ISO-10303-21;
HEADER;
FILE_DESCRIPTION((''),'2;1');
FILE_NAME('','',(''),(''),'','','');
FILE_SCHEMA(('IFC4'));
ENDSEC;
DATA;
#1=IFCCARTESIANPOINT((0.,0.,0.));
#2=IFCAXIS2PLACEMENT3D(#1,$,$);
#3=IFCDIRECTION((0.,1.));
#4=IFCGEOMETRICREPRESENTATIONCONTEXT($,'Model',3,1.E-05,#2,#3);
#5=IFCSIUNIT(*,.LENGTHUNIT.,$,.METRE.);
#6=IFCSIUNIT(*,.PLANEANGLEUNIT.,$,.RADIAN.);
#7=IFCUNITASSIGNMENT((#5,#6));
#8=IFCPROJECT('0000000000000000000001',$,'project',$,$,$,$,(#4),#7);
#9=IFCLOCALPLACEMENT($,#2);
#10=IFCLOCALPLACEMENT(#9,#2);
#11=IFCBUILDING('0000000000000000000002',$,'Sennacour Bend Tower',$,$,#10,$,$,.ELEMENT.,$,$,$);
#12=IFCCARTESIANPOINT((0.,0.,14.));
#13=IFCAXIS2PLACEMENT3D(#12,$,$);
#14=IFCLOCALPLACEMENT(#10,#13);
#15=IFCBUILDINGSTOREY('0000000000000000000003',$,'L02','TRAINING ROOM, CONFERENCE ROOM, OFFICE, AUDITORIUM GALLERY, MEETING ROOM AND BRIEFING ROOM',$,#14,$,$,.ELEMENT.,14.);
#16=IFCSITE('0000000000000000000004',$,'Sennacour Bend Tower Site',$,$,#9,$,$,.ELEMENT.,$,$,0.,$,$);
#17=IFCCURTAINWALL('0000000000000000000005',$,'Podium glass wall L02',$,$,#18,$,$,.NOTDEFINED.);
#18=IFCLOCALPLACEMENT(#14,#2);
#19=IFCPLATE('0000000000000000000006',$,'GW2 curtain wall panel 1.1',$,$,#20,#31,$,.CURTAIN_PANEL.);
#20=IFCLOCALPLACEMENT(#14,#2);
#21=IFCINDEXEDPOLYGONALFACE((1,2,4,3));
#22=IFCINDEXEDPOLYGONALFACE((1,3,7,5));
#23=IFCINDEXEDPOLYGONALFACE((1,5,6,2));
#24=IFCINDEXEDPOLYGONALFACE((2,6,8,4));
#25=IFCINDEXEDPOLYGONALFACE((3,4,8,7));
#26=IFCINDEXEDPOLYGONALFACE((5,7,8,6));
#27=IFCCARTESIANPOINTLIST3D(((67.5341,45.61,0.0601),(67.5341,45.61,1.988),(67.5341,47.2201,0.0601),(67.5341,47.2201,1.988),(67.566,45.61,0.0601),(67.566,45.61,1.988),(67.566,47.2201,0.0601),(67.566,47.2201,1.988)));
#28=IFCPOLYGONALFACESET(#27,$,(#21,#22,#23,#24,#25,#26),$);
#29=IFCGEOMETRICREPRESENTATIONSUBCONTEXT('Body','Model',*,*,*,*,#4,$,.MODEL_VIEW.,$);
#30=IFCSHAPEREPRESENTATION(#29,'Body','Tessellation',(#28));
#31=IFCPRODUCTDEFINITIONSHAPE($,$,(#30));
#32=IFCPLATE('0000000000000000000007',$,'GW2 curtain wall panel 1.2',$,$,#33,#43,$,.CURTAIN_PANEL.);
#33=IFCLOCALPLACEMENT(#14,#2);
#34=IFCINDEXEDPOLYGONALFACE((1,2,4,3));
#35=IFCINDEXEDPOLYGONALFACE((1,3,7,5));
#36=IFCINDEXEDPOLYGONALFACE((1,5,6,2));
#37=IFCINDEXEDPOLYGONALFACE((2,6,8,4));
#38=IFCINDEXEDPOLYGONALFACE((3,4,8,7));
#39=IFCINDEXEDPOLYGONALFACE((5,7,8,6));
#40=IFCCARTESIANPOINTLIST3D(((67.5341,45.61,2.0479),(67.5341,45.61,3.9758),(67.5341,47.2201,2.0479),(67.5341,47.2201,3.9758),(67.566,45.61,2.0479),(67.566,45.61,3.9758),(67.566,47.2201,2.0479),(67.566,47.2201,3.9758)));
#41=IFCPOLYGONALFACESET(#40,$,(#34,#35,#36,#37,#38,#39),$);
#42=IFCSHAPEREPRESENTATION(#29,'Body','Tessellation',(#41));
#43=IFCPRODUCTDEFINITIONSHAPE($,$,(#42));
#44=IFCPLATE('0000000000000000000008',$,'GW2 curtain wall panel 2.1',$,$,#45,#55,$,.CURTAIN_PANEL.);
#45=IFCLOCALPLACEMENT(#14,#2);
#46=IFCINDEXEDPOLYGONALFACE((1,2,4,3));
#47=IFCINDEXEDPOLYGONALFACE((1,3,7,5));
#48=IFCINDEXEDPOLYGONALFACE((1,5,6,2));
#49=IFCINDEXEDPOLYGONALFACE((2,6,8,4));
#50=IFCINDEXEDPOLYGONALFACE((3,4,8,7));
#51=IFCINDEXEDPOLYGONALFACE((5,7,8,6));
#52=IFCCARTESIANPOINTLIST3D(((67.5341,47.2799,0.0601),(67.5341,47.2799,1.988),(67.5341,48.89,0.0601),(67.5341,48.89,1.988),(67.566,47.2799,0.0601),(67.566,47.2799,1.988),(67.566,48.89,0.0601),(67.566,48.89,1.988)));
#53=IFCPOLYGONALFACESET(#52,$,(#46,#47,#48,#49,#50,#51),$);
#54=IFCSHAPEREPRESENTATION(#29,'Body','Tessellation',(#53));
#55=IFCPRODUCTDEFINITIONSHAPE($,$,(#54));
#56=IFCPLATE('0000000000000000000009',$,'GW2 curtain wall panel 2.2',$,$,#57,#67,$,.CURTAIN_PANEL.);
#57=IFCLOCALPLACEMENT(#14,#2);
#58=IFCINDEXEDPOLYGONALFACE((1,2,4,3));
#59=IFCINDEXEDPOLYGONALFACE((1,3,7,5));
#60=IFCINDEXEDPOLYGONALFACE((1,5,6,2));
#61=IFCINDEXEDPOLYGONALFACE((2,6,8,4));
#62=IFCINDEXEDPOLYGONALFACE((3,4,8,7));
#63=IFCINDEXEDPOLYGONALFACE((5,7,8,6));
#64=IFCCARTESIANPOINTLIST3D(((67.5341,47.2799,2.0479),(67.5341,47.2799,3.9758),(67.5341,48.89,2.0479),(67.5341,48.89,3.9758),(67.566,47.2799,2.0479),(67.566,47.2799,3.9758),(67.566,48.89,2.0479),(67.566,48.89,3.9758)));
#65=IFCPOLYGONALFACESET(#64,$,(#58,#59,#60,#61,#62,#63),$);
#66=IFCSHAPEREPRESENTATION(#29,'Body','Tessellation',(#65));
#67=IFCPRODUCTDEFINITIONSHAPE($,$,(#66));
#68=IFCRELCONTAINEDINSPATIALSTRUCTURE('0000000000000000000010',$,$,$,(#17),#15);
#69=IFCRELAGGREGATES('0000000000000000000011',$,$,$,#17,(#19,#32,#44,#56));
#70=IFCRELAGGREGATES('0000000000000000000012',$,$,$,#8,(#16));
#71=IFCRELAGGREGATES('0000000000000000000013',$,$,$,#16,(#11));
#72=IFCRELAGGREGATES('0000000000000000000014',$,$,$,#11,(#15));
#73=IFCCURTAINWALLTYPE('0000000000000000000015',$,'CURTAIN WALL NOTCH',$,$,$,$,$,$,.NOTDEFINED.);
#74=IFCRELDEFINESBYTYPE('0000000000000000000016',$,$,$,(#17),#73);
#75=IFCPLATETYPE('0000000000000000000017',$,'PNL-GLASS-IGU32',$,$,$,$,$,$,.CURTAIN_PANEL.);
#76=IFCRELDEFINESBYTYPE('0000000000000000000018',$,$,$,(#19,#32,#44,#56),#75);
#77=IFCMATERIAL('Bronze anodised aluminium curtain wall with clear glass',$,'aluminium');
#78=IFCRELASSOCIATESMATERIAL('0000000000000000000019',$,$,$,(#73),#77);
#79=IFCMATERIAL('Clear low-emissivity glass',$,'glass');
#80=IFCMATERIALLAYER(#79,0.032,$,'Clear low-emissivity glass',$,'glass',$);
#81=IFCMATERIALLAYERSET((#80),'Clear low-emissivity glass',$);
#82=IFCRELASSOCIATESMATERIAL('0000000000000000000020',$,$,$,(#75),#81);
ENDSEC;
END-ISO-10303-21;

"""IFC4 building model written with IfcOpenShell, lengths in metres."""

from ifc_helpers import new_model, si_unit, direction, frame, origin, origin_2d, place, context, subcontext, project, spatial, rectangle, extrude, material, layer, layer_set, type_object, element, aggregate, save


model = new_model("IFC4")

# Units and contexts
model_context = context("Model", 3, precision=1e-05, world=origin(), true_north=direction((0.0, 1.0)))
body_context = subcontext(model_context, "Body", "Model", "MODEL_VIEW")
ifc_project = project(units=[si_unit("LENGTHUNIT", "METRE"), si_unit("PLANEANGLEUNIT", "RADIAN")], contexts=[model_context])

# Site, building, storey
site_placement = place(None, origin())
site = spatial("IfcSite", under=ifc_project, at=site_placement, Name="Sennacour Bend Tower Site", CompositionType="ELEMENT", RefElevation=0.0)
building_placement = place(site_placement, origin())
building = spatial("IfcBuilding", under=site, at=building_placement, Name="Sennacour Bend Tower", CompositionType="ELEMENT")
storey_placement = place(building_placement, frame((0.0, 0.0, 14.0)))
storey = spatial("IfcBuildingStorey", under=building, at=storey_placement, Name="L02", Description="TRAINING ROOM, CONFERENCE ROOM, OFFICE, AUDITORIUM GALLERY, MEETING ROOM AND BRIEFING ROOM", CompositionType="ELEMENT", Elevation=14.0)

# Shared definitions
ifc_material_1 = material(Name="Bronze anodised aluminium curtain wall with clear glass", Category="aluminium")
curtain_wall_type = type_object("IfcCurtainWallType", Name="CURTAIN WALL NOTCH", PredefinedType="NOTDEFINED", material=ifc_material_1)

# Curtain wall
curtain_wall_1_placement = place(storey_placement, origin())
curtain_wall_1 = element("IfcCurtainWall", 1, at=curtain_wall_1_placement, inside=storey, type_object=curtain_wall_type, Name="Podium glass wall L02", PredefinedType="NOTDEFINED")

# Plates
ifc_material_2 = material(Name="Clear low-emissivity glass", Category="glass")
ifc_layer = layer(ifc_material_2, 0.032, Name="Clear low-emissivity glass", Category="glass")
ifc_layer_set = layer_set([ifc_layer], Name="Clear low-emissivity glass")
plate_type = type_object("IfcPlateType", Name="PNL-GLASS-IGU32", PredefinedType="CURTAIN_PANEL", material=ifc_layer_set)
plate_1_placement = place(storey_placement, frame((67.55, 46.415, 0.0601), z_axis=(0.0, 0.0, 1.0), x_axis=(0.0, 1.0, 0.0)))
plate_1 = element("IfcPlate", 2, at=plate_1_placement, type_object=plate_type, Name="GW2 curtain wall panel 1.1", PredefinedType="CURTAIN_PANEL", context=body_context, shape_type="SweptSolid", body=[
    extrude(rectangle(XDim=1.6101, YDim=0.032, at=origin_2d()), origin(), (0.0, 0.0, 1.0), 1.928),
])
plate_2_placement = place(storey_placement, frame((67.55, 46.415, 2.0479), z_axis=(0.0, 0.0, 1.0), x_axis=(0.0, 1.0, 0.0)))
plate_2 = element("IfcPlate", 3, at=plate_2_placement, type_object=plate_type, Name="GW2 curtain wall panel 1.2", PredefinedType="CURTAIN_PANEL", context=body_context, shape_type="SweptSolid", body=[
    extrude(rectangle(XDim=1.6101, YDim=0.032, at=origin_2d()), origin(), (0.0, 0.0, 1.0), 1.928),
])
plate_3_placement = place(storey_placement, frame((67.55, 48.085, 0.0601), z_axis=(0.0, 0.0, 1.0), x_axis=(0.0, 1.0, 0.0)))
plate_3 = element("IfcPlate", 4, at=plate_3_placement, type_object=plate_type, Name="GW2 curtain wall panel 2.1", PredefinedType="CURTAIN_PANEL", context=body_context, shape_type="SweptSolid", body=[
    extrude(rectangle(XDim=1.6101, YDim=0.032, at=origin_2d()), origin(), (0.0, 0.0, 1.0), 1.928),
])
plate_4_placement = place(storey_placement, frame((67.55, 48.085, 2.0479), z_axis=(0.0, 0.0, 1.0), x_axis=(0.0, 1.0, 0.0)))
plate_4 = element("IfcPlate", 5, at=plate_4_placement, type_object=plate_type, Name="GW2 curtain wall panel 2.2", PredefinedType="CURTAIN_PANEL", context=body_context, shape_type="SweptSolid", body=[
    extrude(rectangle(XDim=1.6101, YDim=0.032, at=origin_2d()), origin(), (0.0, 0.0, 1.0), 1.928),
])
aggregate(curtain_wall_1, [plate_1, plate_2, plate_3, plate_4])

save(model, "model.ifc")
